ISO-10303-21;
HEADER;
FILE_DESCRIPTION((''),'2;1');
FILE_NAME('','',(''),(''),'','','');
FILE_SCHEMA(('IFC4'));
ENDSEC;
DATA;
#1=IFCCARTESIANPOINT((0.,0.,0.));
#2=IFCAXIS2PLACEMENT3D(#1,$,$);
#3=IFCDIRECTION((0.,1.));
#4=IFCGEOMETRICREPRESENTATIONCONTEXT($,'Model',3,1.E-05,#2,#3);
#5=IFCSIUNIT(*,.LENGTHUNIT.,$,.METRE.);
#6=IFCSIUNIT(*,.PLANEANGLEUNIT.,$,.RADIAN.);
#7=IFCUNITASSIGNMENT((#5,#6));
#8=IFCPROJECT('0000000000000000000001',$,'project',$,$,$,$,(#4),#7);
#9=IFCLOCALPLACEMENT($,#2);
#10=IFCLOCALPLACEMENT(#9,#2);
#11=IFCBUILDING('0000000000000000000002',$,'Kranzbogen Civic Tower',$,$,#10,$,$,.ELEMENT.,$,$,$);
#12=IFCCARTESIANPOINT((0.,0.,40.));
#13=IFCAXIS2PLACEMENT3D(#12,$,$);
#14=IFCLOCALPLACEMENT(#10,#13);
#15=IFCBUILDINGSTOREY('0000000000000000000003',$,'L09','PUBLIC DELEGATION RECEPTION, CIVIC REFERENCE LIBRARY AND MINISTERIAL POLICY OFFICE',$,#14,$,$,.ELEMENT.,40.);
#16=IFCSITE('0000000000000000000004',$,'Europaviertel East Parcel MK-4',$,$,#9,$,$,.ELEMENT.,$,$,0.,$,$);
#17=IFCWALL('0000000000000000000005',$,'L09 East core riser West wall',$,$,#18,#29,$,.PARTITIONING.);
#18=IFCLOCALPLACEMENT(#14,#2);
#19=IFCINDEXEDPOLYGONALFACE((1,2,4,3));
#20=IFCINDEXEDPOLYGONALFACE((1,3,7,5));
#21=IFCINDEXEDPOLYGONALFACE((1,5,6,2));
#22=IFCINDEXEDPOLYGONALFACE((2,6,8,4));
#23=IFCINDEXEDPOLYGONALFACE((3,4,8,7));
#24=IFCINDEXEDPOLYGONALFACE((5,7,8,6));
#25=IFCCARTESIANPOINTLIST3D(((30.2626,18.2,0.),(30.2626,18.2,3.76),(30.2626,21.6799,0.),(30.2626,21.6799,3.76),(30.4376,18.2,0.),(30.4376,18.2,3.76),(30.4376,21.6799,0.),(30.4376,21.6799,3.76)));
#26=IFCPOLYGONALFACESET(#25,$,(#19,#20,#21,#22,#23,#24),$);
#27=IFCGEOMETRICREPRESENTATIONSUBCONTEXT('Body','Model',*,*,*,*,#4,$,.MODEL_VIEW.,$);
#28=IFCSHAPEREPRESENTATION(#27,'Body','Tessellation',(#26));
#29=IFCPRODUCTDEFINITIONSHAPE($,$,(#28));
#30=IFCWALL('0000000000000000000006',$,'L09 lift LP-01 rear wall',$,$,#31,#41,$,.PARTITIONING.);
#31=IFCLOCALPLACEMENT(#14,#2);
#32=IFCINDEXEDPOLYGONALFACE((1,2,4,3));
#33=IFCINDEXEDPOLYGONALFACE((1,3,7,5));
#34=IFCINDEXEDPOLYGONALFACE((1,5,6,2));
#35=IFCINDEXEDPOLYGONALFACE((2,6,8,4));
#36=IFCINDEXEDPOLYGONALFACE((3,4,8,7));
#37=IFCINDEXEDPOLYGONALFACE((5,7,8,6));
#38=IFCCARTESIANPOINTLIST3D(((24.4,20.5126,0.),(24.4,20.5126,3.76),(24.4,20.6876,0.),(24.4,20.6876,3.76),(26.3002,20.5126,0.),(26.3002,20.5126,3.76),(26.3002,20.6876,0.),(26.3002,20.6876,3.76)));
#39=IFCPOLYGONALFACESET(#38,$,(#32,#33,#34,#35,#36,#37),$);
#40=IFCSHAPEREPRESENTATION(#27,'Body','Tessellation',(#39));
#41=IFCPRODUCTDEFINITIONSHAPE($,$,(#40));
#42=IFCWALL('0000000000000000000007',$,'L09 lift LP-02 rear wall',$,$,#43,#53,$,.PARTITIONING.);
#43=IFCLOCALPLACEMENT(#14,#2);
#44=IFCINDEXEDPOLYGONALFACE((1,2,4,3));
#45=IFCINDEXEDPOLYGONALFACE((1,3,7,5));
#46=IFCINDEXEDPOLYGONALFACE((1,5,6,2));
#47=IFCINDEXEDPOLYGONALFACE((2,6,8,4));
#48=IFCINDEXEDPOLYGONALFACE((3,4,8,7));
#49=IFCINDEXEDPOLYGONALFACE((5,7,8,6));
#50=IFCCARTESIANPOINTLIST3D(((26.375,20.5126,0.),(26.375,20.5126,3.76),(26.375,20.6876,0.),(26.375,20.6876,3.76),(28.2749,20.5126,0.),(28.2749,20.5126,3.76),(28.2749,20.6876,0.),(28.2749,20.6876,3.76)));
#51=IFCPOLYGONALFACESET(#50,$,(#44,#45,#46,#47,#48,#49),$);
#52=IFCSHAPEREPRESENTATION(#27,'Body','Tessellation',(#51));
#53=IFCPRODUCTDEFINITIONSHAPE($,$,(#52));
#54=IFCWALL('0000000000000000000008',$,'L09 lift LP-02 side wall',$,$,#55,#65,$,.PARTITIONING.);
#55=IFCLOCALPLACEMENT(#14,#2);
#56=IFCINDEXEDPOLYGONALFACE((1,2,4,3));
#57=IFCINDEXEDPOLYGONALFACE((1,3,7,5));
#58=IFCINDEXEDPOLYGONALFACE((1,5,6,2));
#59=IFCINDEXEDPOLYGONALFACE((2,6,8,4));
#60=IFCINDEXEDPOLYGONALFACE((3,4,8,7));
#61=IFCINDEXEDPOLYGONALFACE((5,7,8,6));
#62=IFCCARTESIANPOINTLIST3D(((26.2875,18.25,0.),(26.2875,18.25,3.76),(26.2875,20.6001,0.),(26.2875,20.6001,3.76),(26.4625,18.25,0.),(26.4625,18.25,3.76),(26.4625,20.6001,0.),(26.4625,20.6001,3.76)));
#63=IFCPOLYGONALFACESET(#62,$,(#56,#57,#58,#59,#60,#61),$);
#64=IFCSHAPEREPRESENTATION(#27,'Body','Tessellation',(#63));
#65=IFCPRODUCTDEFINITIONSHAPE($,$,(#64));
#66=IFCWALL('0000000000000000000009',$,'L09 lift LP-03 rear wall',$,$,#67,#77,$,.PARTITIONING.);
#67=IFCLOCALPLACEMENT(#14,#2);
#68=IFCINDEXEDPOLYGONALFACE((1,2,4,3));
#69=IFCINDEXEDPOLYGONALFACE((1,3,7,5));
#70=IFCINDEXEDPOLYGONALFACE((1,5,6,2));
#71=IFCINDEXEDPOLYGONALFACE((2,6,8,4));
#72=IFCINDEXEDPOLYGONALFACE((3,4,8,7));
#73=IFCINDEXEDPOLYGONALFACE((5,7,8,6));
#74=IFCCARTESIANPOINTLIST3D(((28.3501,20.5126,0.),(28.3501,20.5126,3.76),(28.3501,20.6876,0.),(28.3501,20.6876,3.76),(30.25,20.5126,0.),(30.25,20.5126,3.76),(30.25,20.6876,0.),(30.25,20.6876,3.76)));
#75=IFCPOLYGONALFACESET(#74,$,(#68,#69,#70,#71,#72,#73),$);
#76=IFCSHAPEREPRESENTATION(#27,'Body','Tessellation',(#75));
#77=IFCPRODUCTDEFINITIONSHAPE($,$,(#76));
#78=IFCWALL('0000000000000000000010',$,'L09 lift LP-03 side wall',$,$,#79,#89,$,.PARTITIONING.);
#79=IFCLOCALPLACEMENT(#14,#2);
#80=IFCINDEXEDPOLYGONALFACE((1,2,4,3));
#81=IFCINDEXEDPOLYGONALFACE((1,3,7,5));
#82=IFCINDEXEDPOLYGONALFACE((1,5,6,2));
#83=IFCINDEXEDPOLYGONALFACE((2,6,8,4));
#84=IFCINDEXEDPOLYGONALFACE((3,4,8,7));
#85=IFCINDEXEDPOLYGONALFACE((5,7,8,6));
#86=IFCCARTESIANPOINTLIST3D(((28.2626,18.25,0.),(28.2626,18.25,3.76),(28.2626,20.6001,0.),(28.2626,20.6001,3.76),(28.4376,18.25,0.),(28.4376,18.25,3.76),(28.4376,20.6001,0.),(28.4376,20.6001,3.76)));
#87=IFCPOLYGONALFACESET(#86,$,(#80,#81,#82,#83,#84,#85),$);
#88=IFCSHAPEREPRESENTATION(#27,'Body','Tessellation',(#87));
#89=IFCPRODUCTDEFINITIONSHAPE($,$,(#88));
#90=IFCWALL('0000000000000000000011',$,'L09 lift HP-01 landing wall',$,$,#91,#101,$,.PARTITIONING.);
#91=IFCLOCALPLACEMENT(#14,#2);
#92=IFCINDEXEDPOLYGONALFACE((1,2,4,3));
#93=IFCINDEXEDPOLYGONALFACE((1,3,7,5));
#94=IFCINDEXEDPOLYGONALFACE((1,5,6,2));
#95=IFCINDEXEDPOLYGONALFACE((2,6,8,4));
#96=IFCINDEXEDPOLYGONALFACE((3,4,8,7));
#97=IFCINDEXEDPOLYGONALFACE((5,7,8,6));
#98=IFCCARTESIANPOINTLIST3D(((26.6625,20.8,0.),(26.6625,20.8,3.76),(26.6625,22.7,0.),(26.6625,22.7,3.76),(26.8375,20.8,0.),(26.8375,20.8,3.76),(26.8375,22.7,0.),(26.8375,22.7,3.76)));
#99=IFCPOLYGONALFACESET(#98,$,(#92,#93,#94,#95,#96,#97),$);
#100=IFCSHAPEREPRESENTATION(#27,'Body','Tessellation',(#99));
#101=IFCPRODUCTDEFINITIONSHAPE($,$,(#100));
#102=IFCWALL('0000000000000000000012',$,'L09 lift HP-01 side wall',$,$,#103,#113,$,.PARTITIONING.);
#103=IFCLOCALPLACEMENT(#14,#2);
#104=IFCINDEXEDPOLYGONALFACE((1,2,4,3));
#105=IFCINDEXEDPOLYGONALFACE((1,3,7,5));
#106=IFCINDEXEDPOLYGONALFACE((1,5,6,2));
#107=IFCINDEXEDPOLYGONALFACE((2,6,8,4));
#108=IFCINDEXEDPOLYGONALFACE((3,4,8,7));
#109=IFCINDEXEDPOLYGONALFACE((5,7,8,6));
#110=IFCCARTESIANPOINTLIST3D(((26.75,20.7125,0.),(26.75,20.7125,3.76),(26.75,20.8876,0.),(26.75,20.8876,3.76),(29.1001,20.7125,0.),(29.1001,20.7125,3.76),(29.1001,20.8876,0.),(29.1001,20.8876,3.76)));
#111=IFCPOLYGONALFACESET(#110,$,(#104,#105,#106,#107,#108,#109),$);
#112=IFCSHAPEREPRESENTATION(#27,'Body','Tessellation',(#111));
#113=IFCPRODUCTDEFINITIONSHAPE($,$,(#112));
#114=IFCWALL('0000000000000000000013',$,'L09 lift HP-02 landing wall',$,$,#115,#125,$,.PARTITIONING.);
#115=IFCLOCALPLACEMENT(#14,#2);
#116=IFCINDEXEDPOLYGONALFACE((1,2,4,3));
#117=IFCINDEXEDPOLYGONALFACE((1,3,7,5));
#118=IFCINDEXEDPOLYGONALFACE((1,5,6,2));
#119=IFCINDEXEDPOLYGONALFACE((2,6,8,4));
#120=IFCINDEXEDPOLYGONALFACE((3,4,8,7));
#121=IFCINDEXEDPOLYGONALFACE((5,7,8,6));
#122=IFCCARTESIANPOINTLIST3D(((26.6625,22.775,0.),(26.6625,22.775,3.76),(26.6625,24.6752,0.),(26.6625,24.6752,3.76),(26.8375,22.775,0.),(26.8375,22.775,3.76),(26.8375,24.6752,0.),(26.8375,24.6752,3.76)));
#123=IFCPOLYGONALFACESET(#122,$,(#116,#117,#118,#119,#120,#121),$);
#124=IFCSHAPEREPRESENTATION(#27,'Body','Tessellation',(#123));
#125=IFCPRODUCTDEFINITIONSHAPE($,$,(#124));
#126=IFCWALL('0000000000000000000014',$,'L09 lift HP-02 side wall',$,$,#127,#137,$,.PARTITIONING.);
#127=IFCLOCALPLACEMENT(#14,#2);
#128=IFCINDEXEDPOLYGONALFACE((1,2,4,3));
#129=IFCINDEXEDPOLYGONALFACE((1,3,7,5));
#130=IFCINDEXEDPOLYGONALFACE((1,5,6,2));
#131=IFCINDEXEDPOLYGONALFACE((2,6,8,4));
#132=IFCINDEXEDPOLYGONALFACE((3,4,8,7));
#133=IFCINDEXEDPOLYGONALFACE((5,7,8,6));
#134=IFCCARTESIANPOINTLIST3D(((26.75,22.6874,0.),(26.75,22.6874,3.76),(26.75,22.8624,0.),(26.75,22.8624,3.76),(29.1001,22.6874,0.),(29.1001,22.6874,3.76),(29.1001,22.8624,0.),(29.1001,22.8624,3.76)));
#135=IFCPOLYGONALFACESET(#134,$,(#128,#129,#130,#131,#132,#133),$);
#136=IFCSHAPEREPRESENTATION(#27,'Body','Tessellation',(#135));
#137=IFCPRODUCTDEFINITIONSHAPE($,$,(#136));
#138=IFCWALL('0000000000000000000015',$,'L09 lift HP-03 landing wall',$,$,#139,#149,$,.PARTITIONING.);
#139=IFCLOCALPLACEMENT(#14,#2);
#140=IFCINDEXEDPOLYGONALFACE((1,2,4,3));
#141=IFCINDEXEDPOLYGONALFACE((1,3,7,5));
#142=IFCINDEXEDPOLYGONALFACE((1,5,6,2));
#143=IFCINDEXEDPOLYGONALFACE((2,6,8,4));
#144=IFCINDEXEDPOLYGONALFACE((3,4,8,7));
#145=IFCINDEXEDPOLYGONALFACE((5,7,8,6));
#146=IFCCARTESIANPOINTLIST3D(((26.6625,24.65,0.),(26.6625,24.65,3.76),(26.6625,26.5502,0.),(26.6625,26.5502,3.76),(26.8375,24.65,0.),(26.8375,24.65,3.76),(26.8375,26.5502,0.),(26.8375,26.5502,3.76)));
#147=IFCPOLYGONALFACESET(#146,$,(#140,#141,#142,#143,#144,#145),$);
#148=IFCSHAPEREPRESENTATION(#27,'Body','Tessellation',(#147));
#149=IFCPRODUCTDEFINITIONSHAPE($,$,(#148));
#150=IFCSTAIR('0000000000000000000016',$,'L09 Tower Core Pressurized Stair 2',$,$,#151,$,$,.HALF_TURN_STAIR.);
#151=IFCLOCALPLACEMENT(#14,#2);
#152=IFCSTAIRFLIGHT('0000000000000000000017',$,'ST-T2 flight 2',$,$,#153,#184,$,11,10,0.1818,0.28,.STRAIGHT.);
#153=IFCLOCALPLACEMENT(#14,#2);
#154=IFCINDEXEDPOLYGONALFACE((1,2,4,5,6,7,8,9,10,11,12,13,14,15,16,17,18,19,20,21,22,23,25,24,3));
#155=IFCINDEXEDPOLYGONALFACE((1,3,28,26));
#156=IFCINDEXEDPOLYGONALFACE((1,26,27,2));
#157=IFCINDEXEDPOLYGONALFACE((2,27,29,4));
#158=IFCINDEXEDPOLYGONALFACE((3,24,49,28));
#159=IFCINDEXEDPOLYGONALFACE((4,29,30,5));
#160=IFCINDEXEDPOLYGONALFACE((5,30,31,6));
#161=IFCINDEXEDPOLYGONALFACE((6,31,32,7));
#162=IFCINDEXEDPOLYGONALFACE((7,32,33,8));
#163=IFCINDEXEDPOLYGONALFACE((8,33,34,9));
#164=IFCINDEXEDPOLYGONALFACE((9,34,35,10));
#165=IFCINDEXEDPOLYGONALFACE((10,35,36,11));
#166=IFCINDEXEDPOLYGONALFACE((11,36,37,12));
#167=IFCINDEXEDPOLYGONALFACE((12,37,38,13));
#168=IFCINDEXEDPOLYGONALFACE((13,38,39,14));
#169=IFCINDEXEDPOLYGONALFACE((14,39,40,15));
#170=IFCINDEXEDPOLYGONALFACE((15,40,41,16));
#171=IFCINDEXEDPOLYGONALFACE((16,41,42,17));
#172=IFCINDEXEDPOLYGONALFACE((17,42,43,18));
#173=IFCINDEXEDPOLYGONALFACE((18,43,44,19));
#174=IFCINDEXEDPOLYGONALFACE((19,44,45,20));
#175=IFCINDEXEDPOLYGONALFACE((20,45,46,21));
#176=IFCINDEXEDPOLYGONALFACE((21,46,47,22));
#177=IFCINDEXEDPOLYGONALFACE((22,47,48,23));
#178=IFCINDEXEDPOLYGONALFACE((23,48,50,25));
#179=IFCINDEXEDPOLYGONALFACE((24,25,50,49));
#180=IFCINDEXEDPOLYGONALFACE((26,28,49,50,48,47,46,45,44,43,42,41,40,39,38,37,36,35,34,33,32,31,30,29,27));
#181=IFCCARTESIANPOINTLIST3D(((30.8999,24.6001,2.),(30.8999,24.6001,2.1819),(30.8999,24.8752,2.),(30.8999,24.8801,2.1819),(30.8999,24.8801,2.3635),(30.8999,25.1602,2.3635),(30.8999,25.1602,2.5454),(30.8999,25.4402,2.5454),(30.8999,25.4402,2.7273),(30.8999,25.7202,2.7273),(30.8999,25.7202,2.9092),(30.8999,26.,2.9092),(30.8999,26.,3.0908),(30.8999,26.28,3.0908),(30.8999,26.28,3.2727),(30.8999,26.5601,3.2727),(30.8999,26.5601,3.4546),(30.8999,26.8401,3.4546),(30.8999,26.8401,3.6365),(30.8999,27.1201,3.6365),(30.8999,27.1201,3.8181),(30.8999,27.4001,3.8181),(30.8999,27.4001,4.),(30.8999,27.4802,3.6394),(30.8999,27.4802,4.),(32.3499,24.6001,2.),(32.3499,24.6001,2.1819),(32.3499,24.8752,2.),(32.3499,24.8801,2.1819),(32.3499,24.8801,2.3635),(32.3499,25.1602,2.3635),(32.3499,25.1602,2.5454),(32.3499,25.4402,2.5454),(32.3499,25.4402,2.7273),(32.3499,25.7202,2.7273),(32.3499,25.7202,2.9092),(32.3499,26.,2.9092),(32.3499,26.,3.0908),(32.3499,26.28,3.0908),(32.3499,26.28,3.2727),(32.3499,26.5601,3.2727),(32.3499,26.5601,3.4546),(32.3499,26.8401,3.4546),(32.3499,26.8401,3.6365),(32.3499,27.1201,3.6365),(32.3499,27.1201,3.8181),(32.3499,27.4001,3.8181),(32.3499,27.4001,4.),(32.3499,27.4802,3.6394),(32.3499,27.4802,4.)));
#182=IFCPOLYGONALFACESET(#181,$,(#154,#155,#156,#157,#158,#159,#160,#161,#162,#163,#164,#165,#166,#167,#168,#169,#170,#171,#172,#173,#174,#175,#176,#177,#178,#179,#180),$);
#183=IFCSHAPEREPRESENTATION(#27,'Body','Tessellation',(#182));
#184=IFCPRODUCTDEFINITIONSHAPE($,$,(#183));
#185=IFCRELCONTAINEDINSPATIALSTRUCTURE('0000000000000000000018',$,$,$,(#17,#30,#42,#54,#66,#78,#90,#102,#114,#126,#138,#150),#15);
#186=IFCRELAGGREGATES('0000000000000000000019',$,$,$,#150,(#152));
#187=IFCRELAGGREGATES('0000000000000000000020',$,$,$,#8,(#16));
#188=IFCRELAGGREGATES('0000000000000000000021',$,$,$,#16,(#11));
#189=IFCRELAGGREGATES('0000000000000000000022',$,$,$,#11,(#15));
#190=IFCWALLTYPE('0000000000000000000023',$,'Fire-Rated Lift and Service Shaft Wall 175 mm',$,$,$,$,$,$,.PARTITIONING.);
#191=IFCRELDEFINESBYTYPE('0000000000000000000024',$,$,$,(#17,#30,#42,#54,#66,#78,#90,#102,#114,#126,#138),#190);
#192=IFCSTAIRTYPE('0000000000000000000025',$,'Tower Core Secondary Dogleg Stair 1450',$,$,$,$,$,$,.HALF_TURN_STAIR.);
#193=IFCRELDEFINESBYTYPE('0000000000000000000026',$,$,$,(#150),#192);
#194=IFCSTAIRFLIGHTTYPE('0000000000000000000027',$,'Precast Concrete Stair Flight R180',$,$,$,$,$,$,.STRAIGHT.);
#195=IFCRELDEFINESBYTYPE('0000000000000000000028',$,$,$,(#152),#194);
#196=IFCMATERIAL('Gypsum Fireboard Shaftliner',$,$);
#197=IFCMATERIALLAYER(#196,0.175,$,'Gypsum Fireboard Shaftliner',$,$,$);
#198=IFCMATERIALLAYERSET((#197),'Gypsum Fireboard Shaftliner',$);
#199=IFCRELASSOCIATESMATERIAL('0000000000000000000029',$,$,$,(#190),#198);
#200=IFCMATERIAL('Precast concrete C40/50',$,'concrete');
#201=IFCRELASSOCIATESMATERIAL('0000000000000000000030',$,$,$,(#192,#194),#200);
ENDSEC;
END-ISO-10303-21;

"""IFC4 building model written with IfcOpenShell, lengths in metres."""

from ifc_helpers import new_model, si_unit, direction, frame, frame_2d, origin, place, context, subcontext, project, spatial, polyline, rectangle, outline, extrude, material, layer, layer_set, type_object, element, aggregate, save


model = new_model("IFC4")

# Units and contexts
model_context = context("Model", 3, precision=1e-05, world=origin(), true_north=direction((0.0, 1.0)))
body_context = subcontext(model_context, "Body", "Model", "MODEL_VIEW")
ifc_project = project(units=[si_unit("LENGTHUNIT", "METRE"), si_unit("PLANEANGLEUNIT", "RADIAN")], contexts=[model_context])

# Site, building, storey
site_placement = place(None, origin())
site = spatial("IfcSite", under=ifc_project, at=site_placement, Name="Europaviertel East Parcel MK-4", CompositionType="ELEMENT", RefElevation=0.0)
building_placement = place(site_placement, origin())
building = spatial("IfcBuilding", under=site, at=building_placement, Name="Kranzbogen Civic Tower", CompositionType="ELEMENT")
storey_placement = place(building_placement, frame((0.0, 0.0, 40.0)))
storey = spatial("IfcBuildingStorey", under=building, at=storey_placement, Name="L09", Description="PUBLIC DELEGATION RECEPTION, CIVIC REFERENCE LIBRARY AND MINISTERIAL POLICY OFFICE", CompositionType="ELEMENT", Elevation=40.0)

# Walls
ifc_material_1 = material(Name="Gypsum Fireboard Shaftliner")
ifc_layer_1 = layer(ifc_material_1, 0.175, Name="Gypsum Fireboard Shaftliner")
ifc_layer_set_1 = layer_set([ifc_layer_1], Name="Gypsum Fireboard Shaftliner")
wall_type_1 = type_object("IfcWallType", Name="Fire-Rated Lift and Service Shaft Wall 175 mm", PredefinedType="PARTITIONING", material=ifc_layer_set_1)
wall_1_placement = place(storey_placement, frame((30.3501, 18.2, 0.0), z_axis=(0.0, 0.0, 1.0), x_axis=(0.0, 1.0, 0.0)))
element("IfcWall", 1, at=wall_1_placement, inside=storey, type_object=wall_type_1, Name="L09 East core riser West wall", PredefinedType="PARTITIONING", context=body_context, shape_type="SweptSolid", body=[
    extrude(rectangle(XDim=3.48, YDim=0.175, at=frame_2d((1.74, 0.0))), origin(), (0.0, 0.0, 1.0), 3.76),
])
wall_2_placement = place(storey_placement, frame((24.3999, 20.6001, 0.0), z_axis=(0.0, 0.0, 1.0), x_axis=(1.0, 0.0, 0.0)))
element("IfcWall", 2, at=wall_2_placement, inside=storey, type_object=wall_type_1, Name="L09 lift LP-01 rear wall", PredefinedType="PARTITIONING", context=body_context, shape_type="SweptSolid", body=[
    extrude(rectangle(XDim=1.9001, YDim=0.175, at=frame_2d((0.9502, 0.0))), origin(), (0.0, 0.0, 1.0), 3.76),
])
wall_3_placement = place(storey_placement, frame((26.375, 20.6001, 0.0), z_axis=(0.0, 0.0, 1.0), x_axis=(1.0, 0.0, 0.0)))
element("IfcWall", 3, at=wall_3_placement, inside=storey, type_object=wall_type_1, Name="L09 lift LP-02 rear wall", PredefinedType="PARTITIONING", context=body_context, shape_type="SweptSolid", body=[
    extrude(rectangle(XDim=1.8999, YDim=0.175, at=frame_2d((0.95, 0.0))), origin(), (0.0, 0.0, 1.0), 3.76),
])
wall_4_placement = place(storey_placement, frame((26.375, 18.25, 0.0), z_axis=(0.0, 0.0, 1.0), x_axis=(0.0, 1.0, 0.0)))
element("IfcWall", 4, at=wall_4_placement, inside=storey, type_object=wall_type_1, Name="L09 lift LP-02 side wall", PredefinedType="PARTITIONING", context=body_context, shape_type="SweptSolid", body=[
    extrude(rectangle(XDim=2.3501, YDim=0.175, at=frame_2d((1.175, 0.0))), origin(), (0.0, 0.0, 1.0), 3.76),
])
wall_5_placement = place(storey_placement, frame((28.3501, 20.6001, 0.0), z_axis=(0.0, 0.0, 1.0), x_axis=(1.0, 0.0, 0.0)))
element("IfcWall", 5, at=wall_5_placement, inside=storey, type_object=wall_type_1, Name="L09 lift LP-03 rear wall", PredefinedType="PARTITIONING", context=body_context, shape_type="SweptSolid", body=[
    extrude(rectangle(XDim=1.8999, YDim=0.175, at=frame_2d((0.95, 0.0))), origin(), (0.0, 0.0, 1.0), 3.76),
])
wall_6_placement = place(storey_placement, frame((28.3501, 18.25, 0.0), z_axis=(0.0, 0.0, 1.0), x_axis=(0.0, 1.0, 0.0)))
element("IfcWall", 6, at=wall_6_placement, inside=storey, type_object=wall_type_1, Name="L09 lift LP-03 side wall", PredefinedType="PARTITIONING", context=body_context, shape_type="SweptSolid", body=[
    extrude(rectangle(XDim=2.3501, YDim=0.175, at=frame_2d((1.175, 0.0))), origin(), (0.0, 0.0, 1.0), 3.76),
])
wall_7_placement = place(storey_placement, frame((26.75, 20.8, 0.0), z_axis=(0.0, 0.0, 1.0), x_axis=(0.0, 1.0, 0.0)))
element("IfcWall", 7, at=wall_7_placement, inside=storey, type_object=wall_type_1, Name="L09 lift HP-01 landing wall", PredefinedType="PARTITIONING", context=body_context, shape_type="SweptSolid", body=[
    extrude(rectangle(XDim=1.8999, YDim=0.175, at=frame_2d((0.95, 0.0))), origin(), (0.0, 0.0, 1.0), 3.76),
])
wall_8_placement = place(storey_placement, frame((26.75, 20.8, 0.0), z_axis=(0.0, 0.0, 1.0), x_axis=(1.0, 0.0, 0.0)))
element("IfcWall", 8, at=wall_8_placement, inside=storey, type_object=wall_type_1, Name="L09 lift HP-01 side wall", PredefinedType="PARTITIONING", context=body_context, shape_type="SweptSolid", body=[
    extrude(rectangle(XDim=2.3501, YDim=0.175, at=frame_2d((1.175, 0.0))), origin(), (0.0, 0.0, 1.0), 3.76),
])
wall_9_placement = place(storey_placement, frame((26.75, 22.7749, 0.0), z_axis=(0.0, 0.0, 1.0), x_axis=(0.0, 1.0, 0.0)))
element("IfcWall", 9, at=wall_9_placement, inside=storey, type_object=wall_type_1, Name="L09 lift HP-02 landing wall", PredefinedType="PARTITIONING", context=body_context, shape_type="SweptSolid", body=[
    extrude(rectangle(XDim=1.9001, YDim=0.175, at=frame_2d((0.9502, 0.0))), origin(), (0.0, 0.0, 1.0), 3.76),
])
wall_10_placement = place(storey_placement, frame((26.75, 22.7749, 0.0), z_axis=(0.0, 0.0, 1.0), x_axis=(1.0, 0.0, 0.0)))
element("IfcWall", 10, at=wall_10_placement, inside=storey, type_object=wall_type_1, Name="L09 lift HP-02 side wall", PredefinedType="PARTITIONING", context=body_context, shape_type="SweptSolid", body=[
    extrude(rectangle(XDim=2.3501, YDim=0.175, at=frame_2d((1.175, 0.0))), origin(), (0.0, 0.0, 1.0), 3.76),
])
wall_11_placement = place(storey_placement, frame((26.75, 24.6499, 0.0), z_axis=(0.0, 0.0, 1.0), x_axis=(0.0, 1.0, 0.0)))
element("IfcWall", 11, at=wall_11_placement, inside=storey, type_object=wall_type_1, Name="L09 lift HP-03 landing wall", PredefinedType="PARTITIONING", context=body_context, shape_type="SweptSolid", body=[
    extrude(rectangle(XDim=1.9001, YDim=0.175, at=frame_2d((0.9502, 0.0))), origin(), (0.0, 0.0, 1.0), 3.76),
])

# Stair, stair flight
ifc_material_2 = material(Name="Precast concrete C40/50", Category="concrete")
stair_type = type_object("IfcStairType", Name="Tower Core Secondary Dogleg Stair 1450", PredefinedType="HALF_TURN_STAIR", material=ifc_material_2)
stair_placement = place(storey_placement, origin())
stair = element("IfcStair", 12, at=stair_placement, inside=storey, type_object=stair_type, Name="L09 Tower Core Pressurized Stair 2", PredefinedType="HALF_TURN_STAIR")
stair_flight_type = type_object("IfcStairFlightType", Name="Precast Concrete Stair Flight R180", PredefinedType="STRAIGHT", material=ifc_material_2)
stair_flight_placement = place(storey_placement, frame((31.625, 24.6001, 2.0), z_axis=(0.0, 0.0, 1.0), x_axis=(0.0, 1.0, 0.0)))
stair_flight = element("IfcStairFlight", 13, at=stair_flight_placement, type_object=stair_flight_type, Name="ST-T2 flight 2", NumberOfRisers=11, NumberOfTreads=10, PredefinedType="STRAIGHT", RiserHeight=0.1818, TreadLength=0.28, context=body_context, shape_type="SweptSolid", body=[
    extrude(outline(polyline([(0.0, 0.0), (0.0, 0.1819), (0.28, 0.1819), (0.28, 0.3635), (0.5601, 0.3635), (0.5601, 0.5454), (0.8401, 0.5454), (0.8401, 0.7273), (1.1201, 0.7273), (1.1201, 0.9092), (1.3999, 0.9092), (1.3999, 1.0908), (1.6799, 1.0908), (1.6799, 1.2727), (1.96, 1.2727), (1.96, 1.4546), (2.24, 1.4546), (2.24, 1.6365), (2.52, 1.6365), (2.52, 1.8181), (2.8, 1.8181), (2.8, 2.0), (2.8801, 2.0), (2.8801, 1.6394), (0.2751, 0.0), (0.0, 0.0)])), frame((0.0, 0.7251, 0.0), z_axis=(0.0, -1.0, 0.0), x_axis=(1.0, 0.0, 0.0)), (0.0, 0.0, 1.0), 1.45),
])
aggregate(stair, [stair_flight])

save(model, "model.ifc")
